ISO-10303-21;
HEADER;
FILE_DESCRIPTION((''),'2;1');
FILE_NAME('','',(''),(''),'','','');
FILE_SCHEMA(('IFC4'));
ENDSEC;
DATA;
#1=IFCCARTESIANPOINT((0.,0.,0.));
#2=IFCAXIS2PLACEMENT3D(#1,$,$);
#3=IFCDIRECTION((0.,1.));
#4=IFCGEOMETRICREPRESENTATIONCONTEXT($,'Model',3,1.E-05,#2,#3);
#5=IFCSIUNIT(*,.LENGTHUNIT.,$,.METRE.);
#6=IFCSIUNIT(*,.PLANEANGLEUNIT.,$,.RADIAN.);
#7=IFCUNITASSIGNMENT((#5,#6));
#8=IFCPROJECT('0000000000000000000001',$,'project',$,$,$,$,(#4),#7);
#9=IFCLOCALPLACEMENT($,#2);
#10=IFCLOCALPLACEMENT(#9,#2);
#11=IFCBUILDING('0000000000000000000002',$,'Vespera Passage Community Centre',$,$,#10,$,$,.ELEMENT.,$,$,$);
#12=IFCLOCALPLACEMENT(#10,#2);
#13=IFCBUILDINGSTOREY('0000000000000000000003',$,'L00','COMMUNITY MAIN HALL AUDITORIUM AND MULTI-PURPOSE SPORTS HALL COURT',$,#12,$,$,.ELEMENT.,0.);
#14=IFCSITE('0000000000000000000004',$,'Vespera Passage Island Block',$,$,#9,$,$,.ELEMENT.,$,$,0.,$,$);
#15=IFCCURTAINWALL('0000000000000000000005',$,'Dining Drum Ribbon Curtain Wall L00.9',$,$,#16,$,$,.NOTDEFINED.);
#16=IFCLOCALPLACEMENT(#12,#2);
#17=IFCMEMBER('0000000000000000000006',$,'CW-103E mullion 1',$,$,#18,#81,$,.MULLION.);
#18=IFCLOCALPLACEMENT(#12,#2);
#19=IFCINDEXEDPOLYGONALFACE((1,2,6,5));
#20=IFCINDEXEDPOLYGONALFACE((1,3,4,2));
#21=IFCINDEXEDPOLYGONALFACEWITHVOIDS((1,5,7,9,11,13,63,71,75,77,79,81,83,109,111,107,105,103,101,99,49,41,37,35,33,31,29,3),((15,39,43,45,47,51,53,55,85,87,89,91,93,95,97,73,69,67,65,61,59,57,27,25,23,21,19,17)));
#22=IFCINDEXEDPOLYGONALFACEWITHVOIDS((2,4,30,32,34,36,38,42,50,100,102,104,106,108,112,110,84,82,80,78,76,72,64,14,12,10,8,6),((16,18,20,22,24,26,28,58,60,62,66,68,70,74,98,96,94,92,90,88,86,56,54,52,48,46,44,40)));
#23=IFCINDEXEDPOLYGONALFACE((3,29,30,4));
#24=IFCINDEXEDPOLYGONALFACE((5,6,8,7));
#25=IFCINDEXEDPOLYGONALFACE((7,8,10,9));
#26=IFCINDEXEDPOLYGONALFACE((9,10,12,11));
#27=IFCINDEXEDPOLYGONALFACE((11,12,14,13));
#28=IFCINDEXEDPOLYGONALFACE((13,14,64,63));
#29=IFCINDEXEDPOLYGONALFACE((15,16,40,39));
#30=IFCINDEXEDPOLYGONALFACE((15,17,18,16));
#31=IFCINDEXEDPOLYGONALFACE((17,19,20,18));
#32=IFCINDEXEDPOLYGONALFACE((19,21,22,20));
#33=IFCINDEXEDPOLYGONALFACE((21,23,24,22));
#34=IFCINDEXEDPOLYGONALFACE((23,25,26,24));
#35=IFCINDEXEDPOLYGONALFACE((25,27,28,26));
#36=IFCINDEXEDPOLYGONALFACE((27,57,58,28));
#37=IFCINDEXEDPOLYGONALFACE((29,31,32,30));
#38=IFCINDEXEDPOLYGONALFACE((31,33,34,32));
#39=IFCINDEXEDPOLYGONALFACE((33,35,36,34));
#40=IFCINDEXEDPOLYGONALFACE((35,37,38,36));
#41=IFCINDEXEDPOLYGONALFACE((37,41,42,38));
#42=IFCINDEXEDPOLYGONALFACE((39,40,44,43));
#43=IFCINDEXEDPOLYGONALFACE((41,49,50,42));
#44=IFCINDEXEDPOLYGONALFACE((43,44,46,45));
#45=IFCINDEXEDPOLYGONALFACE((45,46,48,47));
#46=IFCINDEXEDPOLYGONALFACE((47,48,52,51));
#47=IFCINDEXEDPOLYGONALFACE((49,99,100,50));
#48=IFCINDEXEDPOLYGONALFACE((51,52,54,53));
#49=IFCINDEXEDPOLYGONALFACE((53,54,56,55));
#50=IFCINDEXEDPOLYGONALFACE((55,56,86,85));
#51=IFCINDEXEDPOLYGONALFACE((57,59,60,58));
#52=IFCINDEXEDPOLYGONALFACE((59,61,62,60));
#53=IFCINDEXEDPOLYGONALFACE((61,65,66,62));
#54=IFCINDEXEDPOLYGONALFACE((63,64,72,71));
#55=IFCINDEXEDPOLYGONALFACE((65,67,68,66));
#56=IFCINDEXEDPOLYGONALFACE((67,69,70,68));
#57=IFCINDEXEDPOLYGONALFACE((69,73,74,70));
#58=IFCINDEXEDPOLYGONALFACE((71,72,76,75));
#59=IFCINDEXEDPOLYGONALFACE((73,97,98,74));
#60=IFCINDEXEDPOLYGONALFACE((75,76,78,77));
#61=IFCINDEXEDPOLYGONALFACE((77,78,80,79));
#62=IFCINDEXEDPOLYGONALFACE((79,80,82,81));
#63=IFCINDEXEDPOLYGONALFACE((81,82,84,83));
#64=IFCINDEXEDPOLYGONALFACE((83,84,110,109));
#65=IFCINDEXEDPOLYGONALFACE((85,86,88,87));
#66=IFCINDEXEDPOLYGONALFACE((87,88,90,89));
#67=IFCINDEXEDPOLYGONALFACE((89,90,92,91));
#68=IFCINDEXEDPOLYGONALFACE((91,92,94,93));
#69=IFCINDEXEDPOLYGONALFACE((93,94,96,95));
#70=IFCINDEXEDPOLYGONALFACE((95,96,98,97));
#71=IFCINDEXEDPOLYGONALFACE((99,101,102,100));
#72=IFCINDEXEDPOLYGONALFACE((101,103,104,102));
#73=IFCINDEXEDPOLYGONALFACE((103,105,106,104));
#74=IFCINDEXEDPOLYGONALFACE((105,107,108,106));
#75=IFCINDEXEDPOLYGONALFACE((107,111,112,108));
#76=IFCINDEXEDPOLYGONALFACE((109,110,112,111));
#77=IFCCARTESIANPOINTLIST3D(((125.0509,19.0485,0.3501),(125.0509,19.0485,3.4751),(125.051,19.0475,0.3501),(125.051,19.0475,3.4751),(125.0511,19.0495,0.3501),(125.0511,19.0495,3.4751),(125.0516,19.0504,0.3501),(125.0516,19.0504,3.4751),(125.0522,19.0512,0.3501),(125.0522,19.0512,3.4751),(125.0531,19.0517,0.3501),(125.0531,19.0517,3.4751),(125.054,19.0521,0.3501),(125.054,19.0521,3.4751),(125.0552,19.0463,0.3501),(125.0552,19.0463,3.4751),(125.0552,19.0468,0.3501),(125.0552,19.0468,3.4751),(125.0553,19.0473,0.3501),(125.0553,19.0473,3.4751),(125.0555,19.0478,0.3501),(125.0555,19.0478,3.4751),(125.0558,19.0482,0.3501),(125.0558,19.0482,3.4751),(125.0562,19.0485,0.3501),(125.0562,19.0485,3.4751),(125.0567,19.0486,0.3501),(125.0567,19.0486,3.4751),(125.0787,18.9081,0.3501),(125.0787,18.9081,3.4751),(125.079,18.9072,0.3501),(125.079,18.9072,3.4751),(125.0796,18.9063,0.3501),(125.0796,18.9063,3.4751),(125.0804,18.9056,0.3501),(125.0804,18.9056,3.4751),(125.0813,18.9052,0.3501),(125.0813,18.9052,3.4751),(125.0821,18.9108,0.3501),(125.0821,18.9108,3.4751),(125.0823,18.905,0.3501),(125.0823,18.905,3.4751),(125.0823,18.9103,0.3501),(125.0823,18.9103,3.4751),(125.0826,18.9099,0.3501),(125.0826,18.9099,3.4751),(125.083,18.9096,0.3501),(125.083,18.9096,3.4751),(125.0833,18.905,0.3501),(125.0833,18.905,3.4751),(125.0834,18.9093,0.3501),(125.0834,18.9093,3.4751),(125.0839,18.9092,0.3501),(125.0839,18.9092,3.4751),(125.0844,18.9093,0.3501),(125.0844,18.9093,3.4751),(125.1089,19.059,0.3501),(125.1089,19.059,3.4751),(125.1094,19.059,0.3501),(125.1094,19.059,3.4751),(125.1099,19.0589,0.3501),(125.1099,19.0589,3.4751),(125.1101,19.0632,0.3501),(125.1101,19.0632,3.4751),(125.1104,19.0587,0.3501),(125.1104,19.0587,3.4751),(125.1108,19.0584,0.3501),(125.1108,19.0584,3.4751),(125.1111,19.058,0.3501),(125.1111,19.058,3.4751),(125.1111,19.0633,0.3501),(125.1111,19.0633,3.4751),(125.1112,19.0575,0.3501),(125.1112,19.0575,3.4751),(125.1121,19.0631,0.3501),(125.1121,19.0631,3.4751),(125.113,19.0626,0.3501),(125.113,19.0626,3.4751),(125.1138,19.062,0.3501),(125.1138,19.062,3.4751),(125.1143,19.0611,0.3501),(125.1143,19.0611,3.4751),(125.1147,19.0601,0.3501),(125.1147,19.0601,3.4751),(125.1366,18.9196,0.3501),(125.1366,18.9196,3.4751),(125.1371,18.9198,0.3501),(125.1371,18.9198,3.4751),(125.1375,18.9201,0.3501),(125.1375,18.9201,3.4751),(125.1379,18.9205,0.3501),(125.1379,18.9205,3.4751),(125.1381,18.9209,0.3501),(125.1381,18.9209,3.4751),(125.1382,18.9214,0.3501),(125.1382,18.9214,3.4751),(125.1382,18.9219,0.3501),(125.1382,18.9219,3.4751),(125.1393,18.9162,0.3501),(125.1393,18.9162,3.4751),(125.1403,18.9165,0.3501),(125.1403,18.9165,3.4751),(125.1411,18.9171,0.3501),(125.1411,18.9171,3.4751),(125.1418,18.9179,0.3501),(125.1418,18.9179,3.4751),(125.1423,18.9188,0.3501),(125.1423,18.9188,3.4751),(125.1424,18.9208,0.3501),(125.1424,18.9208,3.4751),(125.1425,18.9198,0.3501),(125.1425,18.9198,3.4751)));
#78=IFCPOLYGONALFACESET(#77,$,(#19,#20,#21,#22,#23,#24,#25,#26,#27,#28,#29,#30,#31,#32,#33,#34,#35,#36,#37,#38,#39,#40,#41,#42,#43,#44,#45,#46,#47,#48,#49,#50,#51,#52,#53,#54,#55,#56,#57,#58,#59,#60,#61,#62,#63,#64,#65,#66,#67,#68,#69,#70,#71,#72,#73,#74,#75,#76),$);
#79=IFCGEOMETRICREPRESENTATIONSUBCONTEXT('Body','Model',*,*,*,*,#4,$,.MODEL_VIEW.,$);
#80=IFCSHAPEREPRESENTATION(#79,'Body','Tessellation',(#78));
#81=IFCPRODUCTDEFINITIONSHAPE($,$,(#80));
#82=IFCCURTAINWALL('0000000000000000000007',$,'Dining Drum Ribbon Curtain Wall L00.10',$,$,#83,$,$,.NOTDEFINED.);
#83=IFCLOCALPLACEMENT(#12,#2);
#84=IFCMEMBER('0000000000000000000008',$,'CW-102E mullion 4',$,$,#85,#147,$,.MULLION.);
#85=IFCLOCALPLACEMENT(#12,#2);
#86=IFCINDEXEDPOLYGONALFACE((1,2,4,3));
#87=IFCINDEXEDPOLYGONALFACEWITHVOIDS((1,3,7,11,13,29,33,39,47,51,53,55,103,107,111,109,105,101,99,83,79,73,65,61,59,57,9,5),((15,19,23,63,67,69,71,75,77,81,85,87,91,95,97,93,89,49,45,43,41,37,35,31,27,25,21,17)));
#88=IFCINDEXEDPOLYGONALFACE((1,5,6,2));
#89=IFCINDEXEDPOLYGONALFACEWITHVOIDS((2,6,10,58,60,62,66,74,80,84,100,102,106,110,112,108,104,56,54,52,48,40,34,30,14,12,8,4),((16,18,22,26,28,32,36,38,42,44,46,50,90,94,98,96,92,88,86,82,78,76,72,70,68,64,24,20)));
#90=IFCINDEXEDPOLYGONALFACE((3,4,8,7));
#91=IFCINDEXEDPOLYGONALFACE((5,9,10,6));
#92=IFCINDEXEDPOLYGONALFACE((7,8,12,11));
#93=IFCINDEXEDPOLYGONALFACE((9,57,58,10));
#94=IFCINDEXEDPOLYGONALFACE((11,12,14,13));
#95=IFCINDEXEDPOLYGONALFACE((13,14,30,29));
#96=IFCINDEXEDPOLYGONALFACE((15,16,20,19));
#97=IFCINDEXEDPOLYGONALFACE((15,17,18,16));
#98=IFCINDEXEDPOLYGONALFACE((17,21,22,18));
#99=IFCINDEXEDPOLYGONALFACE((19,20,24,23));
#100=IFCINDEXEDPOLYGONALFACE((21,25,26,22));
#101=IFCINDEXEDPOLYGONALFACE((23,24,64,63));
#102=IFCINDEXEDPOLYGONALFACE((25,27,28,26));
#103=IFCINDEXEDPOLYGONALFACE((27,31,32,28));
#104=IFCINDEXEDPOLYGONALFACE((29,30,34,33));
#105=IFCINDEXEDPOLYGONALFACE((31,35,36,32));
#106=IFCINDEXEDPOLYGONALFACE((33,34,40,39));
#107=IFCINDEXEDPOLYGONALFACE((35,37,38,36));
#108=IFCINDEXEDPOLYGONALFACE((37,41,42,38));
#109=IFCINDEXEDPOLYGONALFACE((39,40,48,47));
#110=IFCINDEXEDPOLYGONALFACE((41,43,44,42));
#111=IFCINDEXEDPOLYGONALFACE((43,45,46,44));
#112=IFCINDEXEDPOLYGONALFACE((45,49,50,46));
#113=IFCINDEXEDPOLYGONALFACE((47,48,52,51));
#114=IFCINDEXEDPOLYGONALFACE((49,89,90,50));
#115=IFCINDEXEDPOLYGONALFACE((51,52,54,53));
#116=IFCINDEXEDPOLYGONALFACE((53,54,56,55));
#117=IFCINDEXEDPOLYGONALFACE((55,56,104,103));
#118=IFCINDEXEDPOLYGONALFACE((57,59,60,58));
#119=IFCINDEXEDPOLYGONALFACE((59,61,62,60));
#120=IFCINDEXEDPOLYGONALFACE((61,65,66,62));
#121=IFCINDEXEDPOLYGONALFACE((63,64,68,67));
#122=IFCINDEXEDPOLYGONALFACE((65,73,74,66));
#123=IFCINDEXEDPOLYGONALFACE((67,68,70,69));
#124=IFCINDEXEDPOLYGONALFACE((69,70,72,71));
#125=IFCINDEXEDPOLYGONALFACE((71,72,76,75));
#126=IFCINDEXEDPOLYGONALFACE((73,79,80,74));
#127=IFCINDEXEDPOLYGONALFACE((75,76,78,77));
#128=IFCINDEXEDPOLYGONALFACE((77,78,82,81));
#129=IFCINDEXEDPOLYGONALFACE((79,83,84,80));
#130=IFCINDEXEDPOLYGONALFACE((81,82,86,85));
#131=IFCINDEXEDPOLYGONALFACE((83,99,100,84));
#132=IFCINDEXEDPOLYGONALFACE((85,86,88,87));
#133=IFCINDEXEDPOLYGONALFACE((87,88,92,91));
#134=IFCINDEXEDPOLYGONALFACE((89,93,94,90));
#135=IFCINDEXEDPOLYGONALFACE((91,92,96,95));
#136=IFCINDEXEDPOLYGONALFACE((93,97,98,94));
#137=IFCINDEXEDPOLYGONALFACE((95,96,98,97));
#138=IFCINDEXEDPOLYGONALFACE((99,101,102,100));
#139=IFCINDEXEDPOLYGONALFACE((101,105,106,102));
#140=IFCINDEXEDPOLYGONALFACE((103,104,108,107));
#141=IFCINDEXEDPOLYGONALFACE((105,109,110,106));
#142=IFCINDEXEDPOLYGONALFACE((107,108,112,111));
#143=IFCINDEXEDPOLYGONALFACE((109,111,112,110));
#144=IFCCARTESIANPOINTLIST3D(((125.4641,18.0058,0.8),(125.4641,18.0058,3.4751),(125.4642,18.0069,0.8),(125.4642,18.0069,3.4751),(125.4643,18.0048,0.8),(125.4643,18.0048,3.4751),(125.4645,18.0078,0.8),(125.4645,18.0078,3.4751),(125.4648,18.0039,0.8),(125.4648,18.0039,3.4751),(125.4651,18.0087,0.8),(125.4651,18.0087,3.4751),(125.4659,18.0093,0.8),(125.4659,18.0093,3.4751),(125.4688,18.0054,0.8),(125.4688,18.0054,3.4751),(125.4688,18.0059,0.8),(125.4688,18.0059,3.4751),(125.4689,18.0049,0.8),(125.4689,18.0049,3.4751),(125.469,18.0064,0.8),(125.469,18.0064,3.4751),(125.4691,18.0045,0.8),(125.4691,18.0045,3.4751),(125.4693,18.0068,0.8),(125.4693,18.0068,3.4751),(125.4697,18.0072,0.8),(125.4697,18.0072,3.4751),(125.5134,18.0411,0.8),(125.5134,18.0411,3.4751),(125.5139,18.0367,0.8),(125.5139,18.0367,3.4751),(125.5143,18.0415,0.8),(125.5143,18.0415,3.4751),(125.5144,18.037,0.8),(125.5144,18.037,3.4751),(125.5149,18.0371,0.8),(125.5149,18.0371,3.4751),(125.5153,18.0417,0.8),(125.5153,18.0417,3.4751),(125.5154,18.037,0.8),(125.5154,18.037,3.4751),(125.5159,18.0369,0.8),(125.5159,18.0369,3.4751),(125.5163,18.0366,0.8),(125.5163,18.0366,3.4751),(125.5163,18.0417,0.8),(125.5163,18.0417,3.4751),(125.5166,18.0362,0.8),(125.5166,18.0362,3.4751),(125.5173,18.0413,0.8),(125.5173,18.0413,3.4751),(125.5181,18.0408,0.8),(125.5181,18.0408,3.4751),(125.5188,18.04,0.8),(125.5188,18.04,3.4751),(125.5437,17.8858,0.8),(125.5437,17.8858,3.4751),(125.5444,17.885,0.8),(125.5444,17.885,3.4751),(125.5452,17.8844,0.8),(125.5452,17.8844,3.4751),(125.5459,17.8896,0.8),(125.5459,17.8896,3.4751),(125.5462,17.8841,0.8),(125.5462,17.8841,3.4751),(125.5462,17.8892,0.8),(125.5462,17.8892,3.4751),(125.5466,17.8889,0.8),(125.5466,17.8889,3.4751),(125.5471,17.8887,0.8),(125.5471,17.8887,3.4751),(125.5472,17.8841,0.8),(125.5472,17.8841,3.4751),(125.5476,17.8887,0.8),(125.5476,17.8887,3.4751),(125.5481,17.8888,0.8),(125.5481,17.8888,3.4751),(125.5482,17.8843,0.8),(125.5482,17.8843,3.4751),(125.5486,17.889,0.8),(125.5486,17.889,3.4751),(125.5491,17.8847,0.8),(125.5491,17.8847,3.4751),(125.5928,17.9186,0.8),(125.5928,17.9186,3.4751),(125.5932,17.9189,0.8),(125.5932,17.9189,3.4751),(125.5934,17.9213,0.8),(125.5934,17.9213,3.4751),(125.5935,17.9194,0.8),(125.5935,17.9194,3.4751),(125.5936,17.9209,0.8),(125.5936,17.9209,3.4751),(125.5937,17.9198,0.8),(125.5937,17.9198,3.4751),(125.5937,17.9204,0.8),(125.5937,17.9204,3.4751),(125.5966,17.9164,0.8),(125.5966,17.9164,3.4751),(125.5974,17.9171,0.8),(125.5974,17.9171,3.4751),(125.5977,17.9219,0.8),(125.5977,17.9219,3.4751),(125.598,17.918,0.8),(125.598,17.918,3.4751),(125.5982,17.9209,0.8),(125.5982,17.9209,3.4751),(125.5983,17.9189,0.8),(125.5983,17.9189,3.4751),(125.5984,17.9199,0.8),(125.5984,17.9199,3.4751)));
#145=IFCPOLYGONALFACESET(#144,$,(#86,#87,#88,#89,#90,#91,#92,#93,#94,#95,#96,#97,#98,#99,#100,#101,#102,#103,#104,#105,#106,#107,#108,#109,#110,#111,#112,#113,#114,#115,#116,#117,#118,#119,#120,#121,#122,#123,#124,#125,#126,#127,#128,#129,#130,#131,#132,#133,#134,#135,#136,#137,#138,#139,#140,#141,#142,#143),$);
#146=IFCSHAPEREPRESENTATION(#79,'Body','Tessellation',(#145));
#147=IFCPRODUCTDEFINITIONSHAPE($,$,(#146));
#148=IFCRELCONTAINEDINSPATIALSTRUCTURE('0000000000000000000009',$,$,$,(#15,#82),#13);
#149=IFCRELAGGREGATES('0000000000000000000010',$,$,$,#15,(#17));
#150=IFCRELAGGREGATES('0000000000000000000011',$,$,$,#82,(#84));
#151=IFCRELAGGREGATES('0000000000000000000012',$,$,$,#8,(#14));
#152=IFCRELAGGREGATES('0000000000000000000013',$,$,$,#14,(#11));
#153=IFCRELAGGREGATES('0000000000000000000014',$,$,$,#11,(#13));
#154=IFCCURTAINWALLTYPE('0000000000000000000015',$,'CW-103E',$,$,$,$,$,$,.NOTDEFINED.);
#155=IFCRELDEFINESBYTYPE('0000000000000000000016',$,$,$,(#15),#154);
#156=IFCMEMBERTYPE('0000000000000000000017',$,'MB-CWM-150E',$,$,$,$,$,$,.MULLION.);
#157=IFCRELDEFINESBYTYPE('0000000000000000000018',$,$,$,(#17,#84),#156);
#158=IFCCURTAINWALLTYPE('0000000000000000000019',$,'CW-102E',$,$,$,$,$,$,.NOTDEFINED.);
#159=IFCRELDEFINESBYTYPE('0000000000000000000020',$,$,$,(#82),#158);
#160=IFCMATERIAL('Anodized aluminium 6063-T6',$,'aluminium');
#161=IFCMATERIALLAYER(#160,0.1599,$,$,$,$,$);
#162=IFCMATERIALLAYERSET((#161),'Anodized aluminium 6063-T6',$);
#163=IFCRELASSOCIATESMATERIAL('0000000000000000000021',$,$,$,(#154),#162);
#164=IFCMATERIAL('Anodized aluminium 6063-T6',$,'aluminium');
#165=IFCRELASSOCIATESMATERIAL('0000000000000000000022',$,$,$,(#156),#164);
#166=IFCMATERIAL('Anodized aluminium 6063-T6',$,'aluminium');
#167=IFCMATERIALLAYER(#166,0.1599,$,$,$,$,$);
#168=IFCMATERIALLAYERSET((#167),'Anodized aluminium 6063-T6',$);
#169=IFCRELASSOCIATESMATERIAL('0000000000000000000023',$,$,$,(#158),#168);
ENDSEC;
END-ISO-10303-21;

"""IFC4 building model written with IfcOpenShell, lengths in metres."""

from ifc_helpers import new_model, si_unit, direction, frame, origin, origin_2d, place, context, subcontext, project, spatial, hollow_rectangle, extrude, material, layer, layer_set, material_profile, profile_set, type_object, element, aggregate, save


model = new_model("IFC4")

# Units and contexts
model_context = context("Model", 3, precision=1e-05, world=origin(), true_north=direction((0.0, 1.0)))
body_context = subcontext(model_context, "Body", "Model", "MODEL_VIEW")
ifc_project = project(units=[si_unit("LENGTHUNIT", "METRE"), si_unit("PLANEANGLEUNIT", "RADIAN")], contexts=[model_context])

# Site, building, storey
site_placement = place(None, origin())
site = spatial("IfcSite", under=ifc_project, at=site_placement, Name="Vespera Passage Island Block", CompositionType="ELEMENT", RefElevation=0.0)
building_placement = place(site_placement, origin())
building = spatial("IfcBuilding", under=site, at=building_placement, Name="Vespera Passage Community Centre", CompositionType="ELEMENT")
storey_placement = place(building_placement, origin())
storey = spatial("IfcBuildingStorey", under=building, at=storey_placement, Name="L00", Description="COMMUNITY MAIN HALL AUDITORIUM AND MULTI-PURPOSE SPORTS HALL COURT", CompositionType="ELEMENT", Elevation=0.0)

# Curtain walls, members
ifc_material_1 = material(Name="Anodized aluminium 6063-T6", Category="aluminium")
ifc_layer_1 = layer(ifc_material_1, 0.1599)
ifc_layer_set_1 = layer_set([ifc_layer_1], Name="Anodized aluminium 6063-T6")
curtain_wall_type_1 = type_object("IfcCurtainWallType", Name="CW-103E", PredefinedType="NOTDEFINED", material=ifc_layer_set_1)
curtain_wall_1_placement = place(storey_placement, origin())
curtain_wall_1 = element("IfcCurtainWall", 1, at=curtain_wall_1_placement, inside=storey, type_object=curtain_wall_type_1, Name="Dining Drum Ribbon Curtain Wall L00.9", PredefinedType="NOTDEFINED")
ifc_material_2 = material(Name="Anodized aluminium 6063-T6", Category="aluminium")
ifc_material_profile_1 = material_profile(ifc_material_2, hollow_rectangle(XDim=0.0649, YDim=0.1499, WallThickness=0.0039, InnerFilletRadius=0.002, OuterFilletRadius=0.0039, at=origin_2d()), Name="ALU150X65X4")
ifc_profile_set_1 = profile_set([ifc_material_profile_1], Name="Anodized aluminium 6063-T6")
member_type_1 = type_object("IfcMemberType", Name="MB-CWM-150E", PredefinedType="MULLION", material=ifc_profile_set_1)
member_1_placement = place(storey_placement, frame((125.0967, 18.9841, 0.3501), z_axis=(0.0, 0.0, 1.0), x_axis=(-0.980784, -0.195097, 0.0)))
member_1 = element("IfcMember", 2, at=member_1_placement, type_object=member_type_1, Name="CW-103E mullion 1", PredefinedType="MULLION", context=body_context, shape_type="SweptSolid", body=[
    extrude(hollow_rectangle(XDim=0.0649, YDim=0.1499, WallThickness=0.0039, InnerFilletRadius=0.002, OuterFilletRadius=0.0039, at=origin_2d()), origin(), (0.0, 0.0, 1.0), 3.125),
])
ifc_material_3 = material(Name="Anodized aluminium 6063-T6", Category="aluminium")
ifc_layer_2 = layer(ifc_material_3, 0.1599)
ifc_layer_set_2 = layer_set([ifc_layer_2], Name="Anodized aluminium 6063-T6")
curtain_wall_type_2 = type_object("IfcCurtainWallType", Name="CW-102E", PredefinedType="NOTDEFINED", material=ifc_layer_set_2)
curtain_wall_2_placement = place(storey_placement, origin())
curtain_wall_2 = element("IfcCurtainWall", 3, at=curtain_wall_2_placement, inside=storey, type_object=curtain_wall_type_2, Name="Dining Drum Ribbon Curtain Wall L00.10", PredefinedType="NOTDEFINED")
member_2_placement = place(storey_placement, frame((125.5312, 17.9629, 0.8), z_axis=(0.0, 0.0, 1.0), x_axis=(-0.831473, -0.555565, 0.0)))
member_2 = element("IfcMember", 4, at=member_2_placement, type_object=member_type_1, Name="CW-102E mullion 4", PredefinedType="MULLION", context=body_context, shape_type="SweptSolid", body=[
    extrude(hollow_rectangle(XDim=0.0649, YDim=0.1499, WallThickness=0.0039, InnerFilletRadius=0.002, OuterFilletRadius=0.0039, at=origin_2d()), origin(), (0.0, 0.0, 1.0), 2.675),
])

aggregate(curtain_wall_1, [member_1])

aggregate(curtain_wall_2, [member_2])

save(model, "model.ifc")
